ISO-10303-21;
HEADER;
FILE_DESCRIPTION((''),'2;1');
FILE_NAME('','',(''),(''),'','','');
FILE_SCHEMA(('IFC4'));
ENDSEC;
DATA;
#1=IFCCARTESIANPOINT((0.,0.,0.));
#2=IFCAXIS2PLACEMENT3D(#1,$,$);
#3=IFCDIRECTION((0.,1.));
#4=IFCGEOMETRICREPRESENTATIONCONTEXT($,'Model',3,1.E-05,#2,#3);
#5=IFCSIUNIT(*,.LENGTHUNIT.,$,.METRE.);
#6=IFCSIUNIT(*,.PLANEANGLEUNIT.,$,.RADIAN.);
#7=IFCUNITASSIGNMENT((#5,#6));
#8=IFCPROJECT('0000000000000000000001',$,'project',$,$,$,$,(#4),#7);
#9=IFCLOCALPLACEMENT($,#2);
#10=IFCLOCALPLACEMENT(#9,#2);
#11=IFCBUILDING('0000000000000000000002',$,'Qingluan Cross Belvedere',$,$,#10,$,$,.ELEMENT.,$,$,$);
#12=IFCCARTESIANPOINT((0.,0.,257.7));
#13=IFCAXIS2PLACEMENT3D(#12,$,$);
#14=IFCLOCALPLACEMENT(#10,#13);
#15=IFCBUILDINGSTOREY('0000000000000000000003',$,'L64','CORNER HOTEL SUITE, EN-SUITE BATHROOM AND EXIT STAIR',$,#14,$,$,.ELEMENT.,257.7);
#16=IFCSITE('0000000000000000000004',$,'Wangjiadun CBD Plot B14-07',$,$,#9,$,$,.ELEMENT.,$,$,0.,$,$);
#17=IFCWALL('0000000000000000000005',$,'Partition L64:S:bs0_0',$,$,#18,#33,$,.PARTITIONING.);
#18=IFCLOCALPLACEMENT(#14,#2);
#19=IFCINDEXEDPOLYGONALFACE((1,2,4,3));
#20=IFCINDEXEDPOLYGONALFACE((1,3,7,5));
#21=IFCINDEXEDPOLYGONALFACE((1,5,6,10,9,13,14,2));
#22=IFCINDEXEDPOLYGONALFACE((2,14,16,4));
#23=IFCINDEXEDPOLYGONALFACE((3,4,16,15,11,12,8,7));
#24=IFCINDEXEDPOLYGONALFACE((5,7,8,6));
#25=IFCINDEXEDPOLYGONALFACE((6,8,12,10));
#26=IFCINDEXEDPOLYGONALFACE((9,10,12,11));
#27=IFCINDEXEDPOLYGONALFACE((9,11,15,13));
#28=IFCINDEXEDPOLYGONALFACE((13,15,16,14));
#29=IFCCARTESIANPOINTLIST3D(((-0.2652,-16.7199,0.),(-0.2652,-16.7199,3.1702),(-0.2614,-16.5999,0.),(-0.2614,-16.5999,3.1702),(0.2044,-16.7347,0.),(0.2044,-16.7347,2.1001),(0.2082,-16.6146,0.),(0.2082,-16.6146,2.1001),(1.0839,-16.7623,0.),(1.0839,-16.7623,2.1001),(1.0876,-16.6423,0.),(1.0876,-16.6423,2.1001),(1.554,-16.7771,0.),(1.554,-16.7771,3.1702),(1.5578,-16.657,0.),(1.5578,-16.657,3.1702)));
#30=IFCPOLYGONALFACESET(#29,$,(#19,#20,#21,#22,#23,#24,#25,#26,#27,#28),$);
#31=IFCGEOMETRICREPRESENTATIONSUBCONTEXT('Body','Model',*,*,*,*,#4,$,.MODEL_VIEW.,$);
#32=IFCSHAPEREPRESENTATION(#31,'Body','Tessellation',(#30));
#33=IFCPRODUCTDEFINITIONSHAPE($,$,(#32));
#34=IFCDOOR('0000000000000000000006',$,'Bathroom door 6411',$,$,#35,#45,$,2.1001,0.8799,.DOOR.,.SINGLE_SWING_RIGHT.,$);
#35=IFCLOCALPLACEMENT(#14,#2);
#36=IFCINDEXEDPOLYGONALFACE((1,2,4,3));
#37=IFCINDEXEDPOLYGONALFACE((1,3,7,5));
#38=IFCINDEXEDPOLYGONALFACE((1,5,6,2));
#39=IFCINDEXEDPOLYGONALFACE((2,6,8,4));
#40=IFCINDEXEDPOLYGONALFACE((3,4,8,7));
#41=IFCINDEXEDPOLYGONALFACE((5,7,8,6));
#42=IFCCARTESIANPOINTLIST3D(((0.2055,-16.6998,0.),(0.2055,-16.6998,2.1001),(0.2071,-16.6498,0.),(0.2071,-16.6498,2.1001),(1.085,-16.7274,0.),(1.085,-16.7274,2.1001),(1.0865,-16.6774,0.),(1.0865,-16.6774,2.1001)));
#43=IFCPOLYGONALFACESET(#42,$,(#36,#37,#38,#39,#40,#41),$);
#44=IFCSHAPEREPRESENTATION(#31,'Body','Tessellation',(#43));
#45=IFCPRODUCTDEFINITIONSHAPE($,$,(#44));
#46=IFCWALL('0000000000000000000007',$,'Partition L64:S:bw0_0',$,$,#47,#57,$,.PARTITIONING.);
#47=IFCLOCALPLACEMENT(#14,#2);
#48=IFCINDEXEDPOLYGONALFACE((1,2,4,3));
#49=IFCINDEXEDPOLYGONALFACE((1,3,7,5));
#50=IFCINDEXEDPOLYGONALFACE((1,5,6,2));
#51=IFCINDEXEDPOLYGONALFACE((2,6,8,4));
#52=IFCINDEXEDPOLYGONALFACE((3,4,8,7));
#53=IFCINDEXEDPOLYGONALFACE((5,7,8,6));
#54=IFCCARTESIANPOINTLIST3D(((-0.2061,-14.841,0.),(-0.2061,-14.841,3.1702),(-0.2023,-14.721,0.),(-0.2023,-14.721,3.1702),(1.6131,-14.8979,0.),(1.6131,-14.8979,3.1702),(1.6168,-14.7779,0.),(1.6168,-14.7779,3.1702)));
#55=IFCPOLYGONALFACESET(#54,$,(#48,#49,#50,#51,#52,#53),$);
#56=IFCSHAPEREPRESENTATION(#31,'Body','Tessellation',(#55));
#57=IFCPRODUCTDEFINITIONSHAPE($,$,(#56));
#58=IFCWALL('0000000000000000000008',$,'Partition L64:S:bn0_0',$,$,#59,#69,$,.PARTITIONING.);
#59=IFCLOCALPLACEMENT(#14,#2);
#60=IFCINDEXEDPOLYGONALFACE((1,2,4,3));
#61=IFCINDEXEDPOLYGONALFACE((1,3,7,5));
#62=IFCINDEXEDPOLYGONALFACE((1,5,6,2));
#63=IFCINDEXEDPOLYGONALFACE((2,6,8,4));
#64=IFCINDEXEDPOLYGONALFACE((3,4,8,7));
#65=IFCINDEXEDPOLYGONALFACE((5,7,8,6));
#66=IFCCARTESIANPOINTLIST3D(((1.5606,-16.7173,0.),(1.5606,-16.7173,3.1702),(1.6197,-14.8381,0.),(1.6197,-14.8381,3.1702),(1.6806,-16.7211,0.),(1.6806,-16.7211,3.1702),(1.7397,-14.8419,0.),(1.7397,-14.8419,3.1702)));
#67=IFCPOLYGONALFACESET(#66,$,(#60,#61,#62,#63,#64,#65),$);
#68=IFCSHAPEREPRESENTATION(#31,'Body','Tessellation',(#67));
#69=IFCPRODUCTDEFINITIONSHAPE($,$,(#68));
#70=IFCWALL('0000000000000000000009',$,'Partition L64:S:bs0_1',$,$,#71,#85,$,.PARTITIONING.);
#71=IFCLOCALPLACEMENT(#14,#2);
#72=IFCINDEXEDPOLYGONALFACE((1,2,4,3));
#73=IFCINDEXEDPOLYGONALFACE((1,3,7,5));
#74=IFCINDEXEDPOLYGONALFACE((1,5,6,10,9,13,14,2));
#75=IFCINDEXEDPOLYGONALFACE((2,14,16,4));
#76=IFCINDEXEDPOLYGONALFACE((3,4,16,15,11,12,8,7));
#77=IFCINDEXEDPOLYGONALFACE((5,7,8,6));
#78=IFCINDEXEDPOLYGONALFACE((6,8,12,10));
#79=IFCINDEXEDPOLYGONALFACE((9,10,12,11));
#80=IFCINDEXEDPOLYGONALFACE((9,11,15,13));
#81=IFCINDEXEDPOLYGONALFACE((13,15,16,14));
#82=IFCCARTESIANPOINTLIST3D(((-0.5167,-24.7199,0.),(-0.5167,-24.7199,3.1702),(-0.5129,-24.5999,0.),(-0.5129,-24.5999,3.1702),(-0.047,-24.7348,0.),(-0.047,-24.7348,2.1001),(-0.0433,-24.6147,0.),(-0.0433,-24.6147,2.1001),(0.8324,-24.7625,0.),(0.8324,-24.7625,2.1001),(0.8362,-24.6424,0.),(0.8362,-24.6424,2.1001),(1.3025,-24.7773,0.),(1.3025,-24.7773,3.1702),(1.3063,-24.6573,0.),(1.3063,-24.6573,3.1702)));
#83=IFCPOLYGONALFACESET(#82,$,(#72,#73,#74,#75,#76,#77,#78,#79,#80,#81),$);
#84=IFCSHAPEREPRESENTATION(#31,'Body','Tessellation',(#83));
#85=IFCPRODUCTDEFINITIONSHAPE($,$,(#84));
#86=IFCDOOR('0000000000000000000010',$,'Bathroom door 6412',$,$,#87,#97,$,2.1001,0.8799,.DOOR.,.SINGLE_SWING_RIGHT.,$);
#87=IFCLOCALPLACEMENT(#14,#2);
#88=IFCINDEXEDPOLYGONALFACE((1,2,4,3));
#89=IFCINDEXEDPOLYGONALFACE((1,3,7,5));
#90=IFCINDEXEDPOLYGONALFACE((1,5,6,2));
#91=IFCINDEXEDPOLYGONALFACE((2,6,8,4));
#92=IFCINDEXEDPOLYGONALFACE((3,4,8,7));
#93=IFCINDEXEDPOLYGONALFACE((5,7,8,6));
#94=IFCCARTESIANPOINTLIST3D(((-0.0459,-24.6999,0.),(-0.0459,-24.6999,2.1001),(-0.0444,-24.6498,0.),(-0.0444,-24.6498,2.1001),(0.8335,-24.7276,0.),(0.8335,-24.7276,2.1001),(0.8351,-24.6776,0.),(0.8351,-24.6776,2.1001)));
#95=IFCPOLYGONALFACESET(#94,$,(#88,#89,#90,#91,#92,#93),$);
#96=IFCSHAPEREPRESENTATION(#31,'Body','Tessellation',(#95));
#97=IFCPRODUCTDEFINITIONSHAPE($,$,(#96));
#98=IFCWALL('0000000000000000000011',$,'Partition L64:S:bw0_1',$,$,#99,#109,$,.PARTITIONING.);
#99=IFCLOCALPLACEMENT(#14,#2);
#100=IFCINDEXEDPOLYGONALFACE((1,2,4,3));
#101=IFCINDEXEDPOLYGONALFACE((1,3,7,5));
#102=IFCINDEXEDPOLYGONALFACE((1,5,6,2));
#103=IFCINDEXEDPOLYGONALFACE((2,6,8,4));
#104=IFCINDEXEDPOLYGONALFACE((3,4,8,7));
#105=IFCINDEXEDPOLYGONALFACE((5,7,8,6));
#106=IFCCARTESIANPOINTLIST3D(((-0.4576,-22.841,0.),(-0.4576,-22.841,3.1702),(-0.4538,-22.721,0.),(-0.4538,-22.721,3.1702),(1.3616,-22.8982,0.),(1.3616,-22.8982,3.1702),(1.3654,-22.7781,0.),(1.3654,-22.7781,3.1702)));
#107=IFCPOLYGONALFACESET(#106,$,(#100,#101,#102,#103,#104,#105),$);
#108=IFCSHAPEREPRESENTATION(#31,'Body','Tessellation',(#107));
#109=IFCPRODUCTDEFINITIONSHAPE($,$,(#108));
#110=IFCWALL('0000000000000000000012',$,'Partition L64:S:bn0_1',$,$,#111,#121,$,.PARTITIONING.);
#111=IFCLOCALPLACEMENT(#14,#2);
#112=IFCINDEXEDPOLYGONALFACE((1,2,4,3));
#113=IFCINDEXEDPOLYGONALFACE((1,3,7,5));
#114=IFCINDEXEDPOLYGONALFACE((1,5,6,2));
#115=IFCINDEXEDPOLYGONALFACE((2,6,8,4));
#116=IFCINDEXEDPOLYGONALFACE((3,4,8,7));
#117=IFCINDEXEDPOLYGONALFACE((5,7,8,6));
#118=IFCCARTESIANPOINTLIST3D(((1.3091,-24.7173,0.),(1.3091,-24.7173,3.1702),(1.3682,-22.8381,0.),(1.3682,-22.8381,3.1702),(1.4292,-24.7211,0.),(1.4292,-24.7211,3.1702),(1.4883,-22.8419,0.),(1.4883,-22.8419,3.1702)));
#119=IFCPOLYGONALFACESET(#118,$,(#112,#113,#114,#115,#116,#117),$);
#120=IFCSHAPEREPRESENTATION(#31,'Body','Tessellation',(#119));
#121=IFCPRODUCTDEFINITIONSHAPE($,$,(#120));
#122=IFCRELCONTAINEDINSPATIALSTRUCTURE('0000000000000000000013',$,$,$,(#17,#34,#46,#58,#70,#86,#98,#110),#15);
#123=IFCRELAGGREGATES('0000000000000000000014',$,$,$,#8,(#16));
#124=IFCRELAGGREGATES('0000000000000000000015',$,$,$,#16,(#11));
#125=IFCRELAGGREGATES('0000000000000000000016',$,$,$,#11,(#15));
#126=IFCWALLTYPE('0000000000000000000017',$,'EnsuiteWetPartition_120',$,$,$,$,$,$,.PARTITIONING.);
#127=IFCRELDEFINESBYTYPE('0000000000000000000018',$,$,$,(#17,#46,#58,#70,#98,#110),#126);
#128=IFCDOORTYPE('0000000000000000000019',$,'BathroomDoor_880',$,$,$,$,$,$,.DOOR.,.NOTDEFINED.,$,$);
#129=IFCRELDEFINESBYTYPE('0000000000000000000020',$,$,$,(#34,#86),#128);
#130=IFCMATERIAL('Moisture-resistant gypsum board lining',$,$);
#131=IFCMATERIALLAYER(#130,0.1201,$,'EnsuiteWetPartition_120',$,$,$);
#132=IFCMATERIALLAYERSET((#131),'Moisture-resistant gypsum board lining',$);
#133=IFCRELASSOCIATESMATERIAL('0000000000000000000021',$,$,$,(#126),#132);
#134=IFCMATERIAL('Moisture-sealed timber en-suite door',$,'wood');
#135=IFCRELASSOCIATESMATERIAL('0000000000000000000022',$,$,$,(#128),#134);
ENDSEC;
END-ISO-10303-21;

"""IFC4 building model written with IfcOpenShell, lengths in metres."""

from ifc_helpers import new_model, si_unit, direction, frame, frame_2d, origin, place, context, subcontext, project, spatial, rectangle, extrude, material, layer, layer_set, type_object, element, fill, save


model = new_model("IFC4")

# Units and contexts
model_context = context("Model", 3, precision=1e-05, world=origin(), true_north=direction((0.0, 1.0)))
body_context = subcontext(model_context, "Body", "Model", "MODEL_VIEW")
ifc_project = project(units=[si_unit("LENGTHUNIT", "METRE"), si_unit("PLANEANGLEUNIT", "RADIAN")], contexts=[model_context])

# Site, building, storey
site_placement = place(None, origin())
site = spatial("IfcSite", under=ifc_project, at=site_placement, Name="Wangjiadun CBD Plot B14-07", CompositionType="ELEMENT", RefElevation=0.0)
building_placement = place(site_placement, origin())
building = spatial("IfcBuilding", under=site, at=building_placement, Name="Qingluan Cross Belvedere", CompositionType="ELEMENT")
storey_placement = place(building_placement, frame((0.0, 0.0, 257.7)))
storey = spatial("IfcBuildingStorey", under=building, at=storey_placement, Name="L64", Description="CORNER HOTEL SUITE, EN-SUITE BATHROOM AND EXIT STAIR", CompositionType="ELEMENT", Elevation=257.7)

# Wall, opening, door
ifc_material_1 = material(Name="Moisture-resistant gypsum board lining")
ifc_layer_1 = layer(ifc_material_1, 0.1201, Name="EnsuiteWetPartition_120")
ifc_layer_set_1 = layer_set([ifc_layer_1], Name="Moisture-resistant gypsum board lining")
wall_type_1 = type_object("IfcWallType", Name="EnsuiteWetPartition_120", PredefinedType="PARTITIONING", material=ifc_layer_set_1)
wall_1_placement = place(storey_placement, frame((-0.2634, -16.6599, 0.0), z_axis=(0.0, 0.0, 1.0), x_axis=(0.999507, -0.03139, 0.0)))
wall_1 = element("IfcWall", 1, at=wall_1_placement, inside=storey, type_object=wall_type_1, Name="Partition L64:S:bs0_0", PredefinedType="PARTITIONING", context=body_context, shape_type="SweptSolid", body=[
    extrude(rectangle(XDim=1.8201, YDim=0.1201, at=frame_2d((0.9102, 0.0))), origin(), (0.0, 0.0, 1.0), 3.1702),
])
opening_1_placement = place(wall_1_placement, frame((0.47, 0.0, 0.0)))
opening_1 = element("IfcOpeningElement", 2, at=opening_1_placement, cuts=wall_1, PredefinedType="OPENING", context=body_context, shape_type="SweptSolid", body=[
    extrude(rectangle(XDim=0.8799, YDim=2.1001, at=frame_2d((0.4399, 1.05))), frame((0.0, 0.0701, 0.0), z_axis=(0.0, -1.0, 0.0), x_axis=(1.0, 0.0, 0.0)), (0.0, 0.0, 1.0), 0.1401),
])
ifc_material_2 = material(Name="Moisture-sealed timber en-suite door", Category="wood")
door_type_1 = type_object("IfcDoorType", Name="BathroomDoor_880", OperationType="NOTDEFINED", PredefinedType="DOOR", material=ifc_material_2)
door_1_placement = place(opening_1_placement, origin())
door_1 = element("IfcDoor", 3, at=door_1_placement, inside=storey, type_object=door_type_1, Name="Bathroom door 6411", OperationType="SINGLE_SWING_RIGHT", OverallHeight=2.1001, OverallWidth=0.8799, PredefinedType="DOOR", context=body_context, shape_type="SweptSolid", body=[
    extrude(rectangle(XDim=0.8799, YDim=2.1001, at=frame_2d((0.4399, 1.05))), frame((0.0, 0.0249, 0.0), z_axis=(0.0, -1.0, 0.0), x_axis=(1.0, 0.0, 0.0)), (0.0, 0.0, 1.0), 0.05),
])
fill(opening_1, door_1)

# Walls
wall_2_placement = place(storey_placement, frame((-0.2043, -14.781, 0.0), z_axis=(0.0, 0.0, 1.0), x_axis=(0.999511, -0.031256, 0.0)))
element("IfcWall", 4, at=wall_2_placement, inside=storey, type_object=wall_type_1, Name="Partition L64:S:bw0_0", PredefinedType="PARTITIONING", context=body_context, shape_type="SweptSolid", body=[
    extrude(rectangle(XDim=1.8201, YDim=0.1201, at=frame_2d((0.9102, 0.0))), origin(), (0.0, 0.0, 1.0), 3.1702),
])
wall_3_placement = place(storey_placement, frame((1.6797, -14.8401, 0.0), z_axis=(0.0, 0.0, 1.0), x_axis=(-0.031425, -0.999506, 0.0)))
element("IfcWall", 5, at=wall_3_placement, inside=storey, type_object=wall_type_1, Name="Partition L64:S:bn0_0", PredefinedType="PARTITIONING", context=body_context, shape_type="SweptSolid", body=[
    extrude(rectangle(XDim=1.8801, YDim=0.1201, at=frame_2d((0.9399, 0.0))), origin(), (0.0, 0.0, 1.0), 3.1702),
])

# Wall, opening, door
wall_4_placement = place(storey_placement, frame((-0.5149, -24.6599, 0.0), z_axis=(0.0, 0.0, 1.0), x_axis=(0.999503, -0.031524, 0.0)))
wall_4 = element("IfcWall", 6, at=wall_4_placement, inside=storey, type_object=wall_type_1, Name="Partition L64:S:bs0_1", PredefinedType="PARTITIONING", context=body_context, shape_type="SweptSolid", body=[
    extrude(rectangle(XDim=1.8201, YDim=0.1201, at=frame_2d((0.9102, 0.0))), origin(), (0.0, 0.0, 1.0), 3.1702),
])
opening_2_placement = place(wall_4_placement, frame((0.47, 0.0, 0.0)))
opening_2 = element("IfcOpeningElement", 7, at=opening_2_placement, cuts=wall_4, PredefinedType="OPENING", context=body_context, shape_type="SweptSolid", body=[
    extrude(rectangle(XDim=0.8799, YDim=2.1001, at=frame_2d((0.4399, 1.05))), frame((0.0, 0.0701, 0.0), z_axis=(0.0, -1.0, 0.0), x_axis=(1.0, 0.0, 0.0)), (0.0, 0.0, 1.0), 0.1401),
])
door_2_placement = place(opening_2_placement, origin())
door_2 = element("IfcDoor", 8, at=door_2_placement, inside=storey, type_object=door_type_1, Name="Bathroom door 6412", OperationType="SINGLE_SWING_RIGHT", OverallHeight=2.1001, OverallWidth=0.8799, PredefinedType="DOOR", context=body_context, shape_type="SweptSolid", body=[
    extrude(rectangle(XDim=0.8799, YDim=2.1001, at=frame_2d((0.4399, 1.05))), frame((0.0, 0.0249, 0.0), z_axis=(0.0, -1.0, 0.0), x_axis=(1.0, 0.0, 0.0)), (0.0, 0.0, 1.0), 0.05),
])
fill(opening_2, door_2)

# Walls
wall_5_placement = place(storey_placement, frame((-0.4558, -22.781, 0.0), z_axis=(0.0, 0.0, 1.0), x_axis=(0.999507, -0.03139, 0.0)))
element("IfcWall", 9, at=wall_5_placement, inside=storey, type_object=wall_type_1, Name="Partition L64:S:bw0_1", PredefinedType="PARTITIONING", context=body_context, shape_type="SweptSolid", body=[
    extrude(rectangle(XDim=1.8201, YDim=0.1201, at=frame_2d((0.9102, 0.0))), origin(), (0.0, 0.0, 1.0), 3.1702),
])
wall_6_placement = place(storey_placement, frame((1.4282, -22.8401, 0.0), z_axis=(0.0, 0.0, 1.0), x_axis=(-0.031425, -0.999506, 0.0)))
element("IfcWall", 10, at=wall_6_placement, inside=storey, type_object=wall_type_1, Name="Partition L64:S:bn0_1", PredefinedType="PARTITIONING", context=body_context, shape_type="SweptSolid", body=[
    extrude(rectangle(XDim=1.8801, YDim=0.1201, at=frame_2d((0.9399, 0.0))), origin(), (0.0, 0.0, 1.0), 3.1702),
])

save(model, "model.ifc")
